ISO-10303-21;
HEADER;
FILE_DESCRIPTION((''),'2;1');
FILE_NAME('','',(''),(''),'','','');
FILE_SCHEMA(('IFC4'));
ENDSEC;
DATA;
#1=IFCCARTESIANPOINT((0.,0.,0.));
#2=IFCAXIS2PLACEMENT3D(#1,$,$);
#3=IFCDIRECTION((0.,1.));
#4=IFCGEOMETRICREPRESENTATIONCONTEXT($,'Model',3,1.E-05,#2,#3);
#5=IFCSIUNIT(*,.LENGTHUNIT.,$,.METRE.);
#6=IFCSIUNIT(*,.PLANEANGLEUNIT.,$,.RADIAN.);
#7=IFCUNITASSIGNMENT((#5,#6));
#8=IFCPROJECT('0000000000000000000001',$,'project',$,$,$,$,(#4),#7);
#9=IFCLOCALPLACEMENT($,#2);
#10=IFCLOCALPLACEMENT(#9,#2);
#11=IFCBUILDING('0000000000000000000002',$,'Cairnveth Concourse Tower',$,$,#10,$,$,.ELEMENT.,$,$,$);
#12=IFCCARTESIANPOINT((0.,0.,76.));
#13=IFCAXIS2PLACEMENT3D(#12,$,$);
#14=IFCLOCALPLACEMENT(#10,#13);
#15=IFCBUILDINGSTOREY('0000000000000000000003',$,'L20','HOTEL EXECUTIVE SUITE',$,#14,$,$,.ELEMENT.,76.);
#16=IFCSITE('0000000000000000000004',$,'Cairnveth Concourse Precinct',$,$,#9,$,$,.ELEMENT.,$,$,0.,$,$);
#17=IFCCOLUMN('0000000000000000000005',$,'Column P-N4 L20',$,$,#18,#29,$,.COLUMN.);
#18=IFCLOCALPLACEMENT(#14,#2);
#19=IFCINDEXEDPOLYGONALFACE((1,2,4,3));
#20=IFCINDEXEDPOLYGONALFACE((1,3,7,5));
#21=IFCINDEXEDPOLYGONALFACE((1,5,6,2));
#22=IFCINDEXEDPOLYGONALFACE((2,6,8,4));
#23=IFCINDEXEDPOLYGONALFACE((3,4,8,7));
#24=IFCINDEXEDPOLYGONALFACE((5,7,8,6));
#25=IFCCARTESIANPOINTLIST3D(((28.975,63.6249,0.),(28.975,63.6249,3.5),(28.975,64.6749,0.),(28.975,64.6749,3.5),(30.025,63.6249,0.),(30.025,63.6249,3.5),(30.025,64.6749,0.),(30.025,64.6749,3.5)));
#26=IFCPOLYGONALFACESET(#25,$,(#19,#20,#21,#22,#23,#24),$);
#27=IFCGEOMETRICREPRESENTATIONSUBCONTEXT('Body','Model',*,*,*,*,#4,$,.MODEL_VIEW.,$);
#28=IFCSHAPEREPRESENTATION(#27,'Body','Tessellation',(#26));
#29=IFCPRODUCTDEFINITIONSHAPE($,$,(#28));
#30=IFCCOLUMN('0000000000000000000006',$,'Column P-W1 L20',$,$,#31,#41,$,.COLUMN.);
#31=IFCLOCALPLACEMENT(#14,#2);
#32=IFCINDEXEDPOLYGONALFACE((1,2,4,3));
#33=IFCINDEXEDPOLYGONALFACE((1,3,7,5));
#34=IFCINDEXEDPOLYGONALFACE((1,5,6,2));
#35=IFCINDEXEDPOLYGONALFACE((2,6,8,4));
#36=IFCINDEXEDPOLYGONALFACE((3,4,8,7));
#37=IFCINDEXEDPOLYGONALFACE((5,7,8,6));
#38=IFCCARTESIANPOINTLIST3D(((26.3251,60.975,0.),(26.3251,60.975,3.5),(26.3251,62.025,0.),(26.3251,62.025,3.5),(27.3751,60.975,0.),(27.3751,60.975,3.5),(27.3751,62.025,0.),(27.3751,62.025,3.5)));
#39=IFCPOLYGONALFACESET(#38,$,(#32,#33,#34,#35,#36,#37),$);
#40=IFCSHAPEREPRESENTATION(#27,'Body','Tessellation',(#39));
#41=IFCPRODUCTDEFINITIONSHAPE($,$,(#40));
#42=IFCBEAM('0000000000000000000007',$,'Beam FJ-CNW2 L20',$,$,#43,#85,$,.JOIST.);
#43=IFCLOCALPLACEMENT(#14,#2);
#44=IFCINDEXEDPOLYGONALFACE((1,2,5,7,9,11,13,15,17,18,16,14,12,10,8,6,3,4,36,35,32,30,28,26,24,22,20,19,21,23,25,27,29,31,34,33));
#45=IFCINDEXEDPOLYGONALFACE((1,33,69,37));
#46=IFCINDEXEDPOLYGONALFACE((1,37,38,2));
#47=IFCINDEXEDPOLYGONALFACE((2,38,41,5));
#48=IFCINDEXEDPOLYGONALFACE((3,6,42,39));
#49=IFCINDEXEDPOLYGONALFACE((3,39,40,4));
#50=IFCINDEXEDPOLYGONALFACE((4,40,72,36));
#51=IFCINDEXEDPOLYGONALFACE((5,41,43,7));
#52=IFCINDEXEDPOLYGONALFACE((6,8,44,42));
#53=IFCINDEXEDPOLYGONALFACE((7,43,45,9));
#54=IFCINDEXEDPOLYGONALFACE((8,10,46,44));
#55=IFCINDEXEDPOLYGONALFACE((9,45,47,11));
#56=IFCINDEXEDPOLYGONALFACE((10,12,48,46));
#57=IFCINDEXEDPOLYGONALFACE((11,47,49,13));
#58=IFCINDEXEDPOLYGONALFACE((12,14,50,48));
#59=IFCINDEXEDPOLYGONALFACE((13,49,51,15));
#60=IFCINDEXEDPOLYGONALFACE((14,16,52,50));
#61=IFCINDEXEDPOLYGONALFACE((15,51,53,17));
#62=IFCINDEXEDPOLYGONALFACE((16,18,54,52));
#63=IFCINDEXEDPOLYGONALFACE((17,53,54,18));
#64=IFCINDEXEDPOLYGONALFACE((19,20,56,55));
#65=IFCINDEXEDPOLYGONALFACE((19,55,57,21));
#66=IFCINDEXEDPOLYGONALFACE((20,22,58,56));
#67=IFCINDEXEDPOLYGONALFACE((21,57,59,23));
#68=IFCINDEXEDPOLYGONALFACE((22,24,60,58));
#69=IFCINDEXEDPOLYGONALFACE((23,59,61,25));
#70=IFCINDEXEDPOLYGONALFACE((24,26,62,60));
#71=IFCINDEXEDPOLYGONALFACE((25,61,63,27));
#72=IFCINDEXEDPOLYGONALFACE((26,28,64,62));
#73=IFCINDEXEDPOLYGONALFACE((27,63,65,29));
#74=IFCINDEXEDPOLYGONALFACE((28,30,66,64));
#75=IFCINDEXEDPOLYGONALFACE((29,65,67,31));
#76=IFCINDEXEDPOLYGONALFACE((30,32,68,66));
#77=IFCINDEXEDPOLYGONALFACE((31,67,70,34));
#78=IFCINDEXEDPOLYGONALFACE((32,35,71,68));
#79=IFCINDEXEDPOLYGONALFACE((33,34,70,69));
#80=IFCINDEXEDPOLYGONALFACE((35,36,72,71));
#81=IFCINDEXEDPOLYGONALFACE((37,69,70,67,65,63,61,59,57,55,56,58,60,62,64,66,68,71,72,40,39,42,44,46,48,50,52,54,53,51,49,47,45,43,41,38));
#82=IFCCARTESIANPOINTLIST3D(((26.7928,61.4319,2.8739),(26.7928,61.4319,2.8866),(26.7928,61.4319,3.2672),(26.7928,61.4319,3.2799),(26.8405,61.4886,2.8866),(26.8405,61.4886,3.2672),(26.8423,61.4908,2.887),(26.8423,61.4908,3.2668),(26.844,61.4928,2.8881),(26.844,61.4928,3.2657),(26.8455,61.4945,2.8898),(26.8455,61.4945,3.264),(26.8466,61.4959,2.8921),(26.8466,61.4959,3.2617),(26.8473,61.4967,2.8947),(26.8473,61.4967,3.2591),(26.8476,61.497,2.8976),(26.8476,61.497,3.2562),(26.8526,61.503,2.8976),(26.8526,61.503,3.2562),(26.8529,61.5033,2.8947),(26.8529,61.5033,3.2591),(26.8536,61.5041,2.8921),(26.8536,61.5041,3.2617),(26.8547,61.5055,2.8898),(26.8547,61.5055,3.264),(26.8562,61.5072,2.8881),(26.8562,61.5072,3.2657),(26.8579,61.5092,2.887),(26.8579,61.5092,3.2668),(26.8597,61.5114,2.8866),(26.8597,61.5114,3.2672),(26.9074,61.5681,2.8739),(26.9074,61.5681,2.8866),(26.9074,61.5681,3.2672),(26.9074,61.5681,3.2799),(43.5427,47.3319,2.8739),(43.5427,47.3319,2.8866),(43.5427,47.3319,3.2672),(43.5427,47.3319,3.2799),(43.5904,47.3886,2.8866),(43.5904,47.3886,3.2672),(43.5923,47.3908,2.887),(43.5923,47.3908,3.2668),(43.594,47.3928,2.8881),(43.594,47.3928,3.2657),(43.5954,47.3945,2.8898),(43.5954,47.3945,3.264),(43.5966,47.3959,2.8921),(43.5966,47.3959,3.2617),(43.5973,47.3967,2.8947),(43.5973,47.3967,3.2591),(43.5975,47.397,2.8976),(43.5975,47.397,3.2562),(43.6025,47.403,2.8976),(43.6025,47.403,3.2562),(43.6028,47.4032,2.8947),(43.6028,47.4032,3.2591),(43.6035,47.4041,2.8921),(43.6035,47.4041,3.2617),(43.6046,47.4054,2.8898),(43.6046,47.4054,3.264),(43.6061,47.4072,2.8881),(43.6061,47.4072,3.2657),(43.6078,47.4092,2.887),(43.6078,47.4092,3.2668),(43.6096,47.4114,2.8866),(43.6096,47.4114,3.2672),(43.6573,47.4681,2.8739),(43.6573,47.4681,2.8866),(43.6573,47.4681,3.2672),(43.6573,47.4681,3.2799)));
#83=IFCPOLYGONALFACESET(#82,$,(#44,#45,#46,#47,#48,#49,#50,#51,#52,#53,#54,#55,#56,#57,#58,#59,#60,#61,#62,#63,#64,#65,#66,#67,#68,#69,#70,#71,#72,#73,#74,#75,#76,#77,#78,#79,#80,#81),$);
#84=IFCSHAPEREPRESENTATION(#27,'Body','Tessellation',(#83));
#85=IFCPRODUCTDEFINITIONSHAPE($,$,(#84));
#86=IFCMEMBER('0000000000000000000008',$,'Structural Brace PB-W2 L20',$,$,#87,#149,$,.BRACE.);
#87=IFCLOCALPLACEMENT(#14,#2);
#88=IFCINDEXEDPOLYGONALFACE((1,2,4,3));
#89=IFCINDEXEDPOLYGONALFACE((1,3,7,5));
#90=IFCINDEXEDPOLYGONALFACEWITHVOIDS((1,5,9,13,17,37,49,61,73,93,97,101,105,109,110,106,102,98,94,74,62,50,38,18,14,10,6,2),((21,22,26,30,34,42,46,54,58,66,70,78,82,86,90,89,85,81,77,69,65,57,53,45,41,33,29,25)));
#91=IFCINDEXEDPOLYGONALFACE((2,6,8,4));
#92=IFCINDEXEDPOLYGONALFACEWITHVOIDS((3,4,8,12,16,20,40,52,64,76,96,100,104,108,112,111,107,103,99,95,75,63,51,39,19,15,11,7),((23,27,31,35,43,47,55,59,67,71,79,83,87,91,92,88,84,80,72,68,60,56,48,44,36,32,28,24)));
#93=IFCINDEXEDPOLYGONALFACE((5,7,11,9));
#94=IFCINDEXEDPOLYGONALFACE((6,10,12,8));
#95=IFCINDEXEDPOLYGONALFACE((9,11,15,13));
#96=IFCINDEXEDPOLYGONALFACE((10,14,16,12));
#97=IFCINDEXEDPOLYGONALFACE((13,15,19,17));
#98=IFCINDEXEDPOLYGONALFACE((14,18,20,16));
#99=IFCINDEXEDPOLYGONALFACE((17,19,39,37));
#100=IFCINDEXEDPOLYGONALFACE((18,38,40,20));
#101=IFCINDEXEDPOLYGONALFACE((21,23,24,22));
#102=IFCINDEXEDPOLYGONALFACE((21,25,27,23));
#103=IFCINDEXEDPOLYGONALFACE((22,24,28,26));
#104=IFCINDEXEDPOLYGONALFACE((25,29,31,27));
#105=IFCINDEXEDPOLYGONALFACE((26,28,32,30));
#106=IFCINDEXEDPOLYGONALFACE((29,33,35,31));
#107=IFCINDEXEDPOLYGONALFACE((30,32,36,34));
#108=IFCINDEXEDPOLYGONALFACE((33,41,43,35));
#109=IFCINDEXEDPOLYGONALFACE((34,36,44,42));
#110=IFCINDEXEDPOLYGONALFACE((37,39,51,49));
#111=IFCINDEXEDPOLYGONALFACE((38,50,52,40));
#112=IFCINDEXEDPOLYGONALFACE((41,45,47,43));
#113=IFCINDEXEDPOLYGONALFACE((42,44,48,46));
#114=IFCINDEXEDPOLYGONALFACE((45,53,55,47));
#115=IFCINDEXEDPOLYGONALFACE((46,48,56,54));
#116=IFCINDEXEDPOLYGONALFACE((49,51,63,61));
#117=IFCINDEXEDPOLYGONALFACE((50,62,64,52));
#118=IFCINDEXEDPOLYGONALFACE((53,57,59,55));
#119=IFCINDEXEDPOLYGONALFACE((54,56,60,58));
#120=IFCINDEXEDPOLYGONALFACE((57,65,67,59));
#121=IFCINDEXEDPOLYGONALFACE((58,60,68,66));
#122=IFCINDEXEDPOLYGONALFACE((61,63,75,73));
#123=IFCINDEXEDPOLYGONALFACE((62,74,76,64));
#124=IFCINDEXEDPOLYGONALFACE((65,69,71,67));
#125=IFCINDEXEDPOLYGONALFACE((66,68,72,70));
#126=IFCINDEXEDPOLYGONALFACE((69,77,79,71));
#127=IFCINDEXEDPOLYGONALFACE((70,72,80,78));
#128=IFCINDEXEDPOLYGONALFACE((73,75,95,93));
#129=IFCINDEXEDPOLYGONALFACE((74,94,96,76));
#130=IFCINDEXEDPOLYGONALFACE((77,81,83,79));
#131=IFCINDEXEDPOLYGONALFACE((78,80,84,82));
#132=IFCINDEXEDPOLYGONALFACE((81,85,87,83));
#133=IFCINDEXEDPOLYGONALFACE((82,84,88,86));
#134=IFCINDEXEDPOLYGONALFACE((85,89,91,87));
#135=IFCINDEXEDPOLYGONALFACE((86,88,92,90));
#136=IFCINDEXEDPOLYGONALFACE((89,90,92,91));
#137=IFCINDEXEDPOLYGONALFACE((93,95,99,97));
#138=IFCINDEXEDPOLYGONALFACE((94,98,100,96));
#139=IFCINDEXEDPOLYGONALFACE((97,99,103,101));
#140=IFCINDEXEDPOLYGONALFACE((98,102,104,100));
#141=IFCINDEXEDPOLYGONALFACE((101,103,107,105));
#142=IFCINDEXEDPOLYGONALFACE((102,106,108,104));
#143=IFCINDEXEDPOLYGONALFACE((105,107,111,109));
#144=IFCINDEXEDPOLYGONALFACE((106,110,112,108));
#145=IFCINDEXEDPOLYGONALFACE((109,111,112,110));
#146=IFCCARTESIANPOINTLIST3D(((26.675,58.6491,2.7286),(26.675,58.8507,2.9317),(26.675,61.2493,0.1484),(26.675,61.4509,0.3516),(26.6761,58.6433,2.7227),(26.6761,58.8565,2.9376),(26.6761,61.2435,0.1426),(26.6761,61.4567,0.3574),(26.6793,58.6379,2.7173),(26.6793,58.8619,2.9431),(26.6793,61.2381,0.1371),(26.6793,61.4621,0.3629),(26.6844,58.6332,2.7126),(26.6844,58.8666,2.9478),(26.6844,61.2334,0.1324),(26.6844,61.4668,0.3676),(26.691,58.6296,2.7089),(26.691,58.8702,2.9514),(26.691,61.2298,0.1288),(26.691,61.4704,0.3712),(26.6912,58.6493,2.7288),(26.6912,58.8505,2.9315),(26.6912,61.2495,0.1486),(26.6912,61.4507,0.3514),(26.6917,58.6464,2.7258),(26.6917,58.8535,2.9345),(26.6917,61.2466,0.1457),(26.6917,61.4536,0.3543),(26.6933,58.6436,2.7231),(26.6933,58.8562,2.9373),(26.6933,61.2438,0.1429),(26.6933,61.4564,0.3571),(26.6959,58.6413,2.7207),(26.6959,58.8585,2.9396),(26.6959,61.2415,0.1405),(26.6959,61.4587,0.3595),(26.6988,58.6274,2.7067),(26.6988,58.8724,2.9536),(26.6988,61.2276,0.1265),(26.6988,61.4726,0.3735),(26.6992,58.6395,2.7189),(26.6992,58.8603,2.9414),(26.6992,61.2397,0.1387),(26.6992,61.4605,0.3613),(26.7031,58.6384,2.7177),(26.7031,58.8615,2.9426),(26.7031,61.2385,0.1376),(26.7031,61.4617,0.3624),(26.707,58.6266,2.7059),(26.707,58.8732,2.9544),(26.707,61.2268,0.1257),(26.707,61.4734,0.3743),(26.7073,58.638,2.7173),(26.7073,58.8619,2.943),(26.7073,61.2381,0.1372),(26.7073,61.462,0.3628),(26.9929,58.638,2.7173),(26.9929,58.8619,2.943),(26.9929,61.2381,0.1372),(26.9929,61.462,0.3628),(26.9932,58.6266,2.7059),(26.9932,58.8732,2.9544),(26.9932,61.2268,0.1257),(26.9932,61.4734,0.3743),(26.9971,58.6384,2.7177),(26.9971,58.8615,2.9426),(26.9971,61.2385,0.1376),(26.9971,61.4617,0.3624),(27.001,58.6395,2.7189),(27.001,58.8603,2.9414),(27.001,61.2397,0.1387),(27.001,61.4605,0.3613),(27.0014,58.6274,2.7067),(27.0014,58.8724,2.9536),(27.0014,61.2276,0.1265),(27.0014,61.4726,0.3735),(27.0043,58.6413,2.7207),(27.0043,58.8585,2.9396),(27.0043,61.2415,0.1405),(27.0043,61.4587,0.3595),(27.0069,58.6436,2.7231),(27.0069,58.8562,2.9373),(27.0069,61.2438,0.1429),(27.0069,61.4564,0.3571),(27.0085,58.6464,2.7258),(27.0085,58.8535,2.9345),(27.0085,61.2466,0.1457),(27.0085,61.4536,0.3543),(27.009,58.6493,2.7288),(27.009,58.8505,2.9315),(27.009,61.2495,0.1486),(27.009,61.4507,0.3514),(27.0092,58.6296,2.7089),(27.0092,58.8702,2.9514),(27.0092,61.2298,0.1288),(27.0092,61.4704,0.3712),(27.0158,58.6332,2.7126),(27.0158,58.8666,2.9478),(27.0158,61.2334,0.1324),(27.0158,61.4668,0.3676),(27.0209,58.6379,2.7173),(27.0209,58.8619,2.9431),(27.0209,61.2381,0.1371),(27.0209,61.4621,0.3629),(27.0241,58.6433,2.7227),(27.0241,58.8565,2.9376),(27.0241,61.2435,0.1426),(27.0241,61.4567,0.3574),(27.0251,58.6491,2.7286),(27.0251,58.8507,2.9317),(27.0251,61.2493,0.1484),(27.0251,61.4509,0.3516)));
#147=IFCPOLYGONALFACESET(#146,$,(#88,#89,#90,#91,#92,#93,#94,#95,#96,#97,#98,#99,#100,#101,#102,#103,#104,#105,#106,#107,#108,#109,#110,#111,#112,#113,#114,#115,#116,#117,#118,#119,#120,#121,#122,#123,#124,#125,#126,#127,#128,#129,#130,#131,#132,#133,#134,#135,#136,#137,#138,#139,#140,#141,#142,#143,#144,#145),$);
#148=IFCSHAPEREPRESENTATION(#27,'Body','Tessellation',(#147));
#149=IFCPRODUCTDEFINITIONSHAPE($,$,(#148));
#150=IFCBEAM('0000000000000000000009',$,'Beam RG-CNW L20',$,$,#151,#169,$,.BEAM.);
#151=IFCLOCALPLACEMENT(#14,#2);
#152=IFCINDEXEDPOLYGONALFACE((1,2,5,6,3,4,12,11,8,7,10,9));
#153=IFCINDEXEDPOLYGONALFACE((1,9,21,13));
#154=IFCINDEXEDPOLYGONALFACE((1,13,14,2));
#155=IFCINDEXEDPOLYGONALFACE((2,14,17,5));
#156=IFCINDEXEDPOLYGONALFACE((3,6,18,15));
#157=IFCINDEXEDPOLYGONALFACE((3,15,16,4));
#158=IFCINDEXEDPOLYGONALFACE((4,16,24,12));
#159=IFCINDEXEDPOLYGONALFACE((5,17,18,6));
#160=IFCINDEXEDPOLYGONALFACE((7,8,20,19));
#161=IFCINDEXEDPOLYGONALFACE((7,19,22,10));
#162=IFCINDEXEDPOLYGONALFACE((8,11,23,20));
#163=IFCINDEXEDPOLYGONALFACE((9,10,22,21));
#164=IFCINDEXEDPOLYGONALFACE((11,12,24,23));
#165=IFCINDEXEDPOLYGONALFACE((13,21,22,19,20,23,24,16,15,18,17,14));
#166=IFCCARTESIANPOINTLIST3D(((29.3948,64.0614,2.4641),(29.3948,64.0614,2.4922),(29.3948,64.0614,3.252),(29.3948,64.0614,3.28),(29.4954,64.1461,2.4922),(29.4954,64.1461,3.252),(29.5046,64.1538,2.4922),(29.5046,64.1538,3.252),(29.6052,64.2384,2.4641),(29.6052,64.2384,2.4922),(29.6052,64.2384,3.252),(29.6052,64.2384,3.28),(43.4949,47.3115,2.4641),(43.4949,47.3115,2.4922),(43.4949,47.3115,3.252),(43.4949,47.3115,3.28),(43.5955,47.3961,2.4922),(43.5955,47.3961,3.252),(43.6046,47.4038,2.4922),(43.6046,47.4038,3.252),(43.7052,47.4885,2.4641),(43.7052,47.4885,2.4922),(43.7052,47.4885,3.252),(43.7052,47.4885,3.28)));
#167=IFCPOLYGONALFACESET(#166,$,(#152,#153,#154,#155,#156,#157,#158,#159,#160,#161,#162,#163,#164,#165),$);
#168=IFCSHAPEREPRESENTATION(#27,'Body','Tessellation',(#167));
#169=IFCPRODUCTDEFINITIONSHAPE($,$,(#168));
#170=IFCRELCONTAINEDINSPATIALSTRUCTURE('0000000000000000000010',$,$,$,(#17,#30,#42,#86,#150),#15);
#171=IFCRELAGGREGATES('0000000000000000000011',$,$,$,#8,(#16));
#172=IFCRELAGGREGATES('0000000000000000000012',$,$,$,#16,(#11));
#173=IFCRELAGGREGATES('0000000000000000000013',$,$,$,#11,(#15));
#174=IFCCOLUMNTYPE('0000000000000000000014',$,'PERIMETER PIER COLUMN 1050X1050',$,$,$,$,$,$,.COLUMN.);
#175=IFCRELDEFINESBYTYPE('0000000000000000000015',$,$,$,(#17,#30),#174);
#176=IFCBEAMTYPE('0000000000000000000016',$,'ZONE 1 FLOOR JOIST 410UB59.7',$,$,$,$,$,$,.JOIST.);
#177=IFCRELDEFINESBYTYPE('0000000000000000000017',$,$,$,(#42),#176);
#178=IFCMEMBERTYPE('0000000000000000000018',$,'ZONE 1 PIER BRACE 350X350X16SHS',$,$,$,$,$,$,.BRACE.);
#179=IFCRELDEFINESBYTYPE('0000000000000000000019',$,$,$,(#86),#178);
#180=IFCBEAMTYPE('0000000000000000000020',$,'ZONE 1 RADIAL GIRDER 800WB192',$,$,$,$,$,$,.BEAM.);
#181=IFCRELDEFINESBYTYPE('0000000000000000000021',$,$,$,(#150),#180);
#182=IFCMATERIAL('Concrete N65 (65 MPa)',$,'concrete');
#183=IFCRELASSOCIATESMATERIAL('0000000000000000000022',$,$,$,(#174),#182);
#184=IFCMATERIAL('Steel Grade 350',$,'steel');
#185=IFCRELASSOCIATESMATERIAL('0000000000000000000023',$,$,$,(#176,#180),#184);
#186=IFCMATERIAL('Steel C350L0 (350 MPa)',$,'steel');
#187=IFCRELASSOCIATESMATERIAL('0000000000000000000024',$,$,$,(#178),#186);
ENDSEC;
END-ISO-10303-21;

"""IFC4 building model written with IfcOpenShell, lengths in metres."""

from ifc_helpers import new_model, si_unit, direction, frame, origin, origin_2d, place, context, subcontext, project, spatial, rectangle, hollow_rectangle, i_section, extrude, material, material_profile, profile_set, type_object, element, save


model = new_model("IFC4")

# Units and contexts
model_context = context("Model", 3, precision=1e-05, world=origin(), true_north=direction((0.0, 1.0)))
body_context = subcontext(model_context, "Body", "Model", "MODEL_VIEW")
ifc_project = project(units=[si_unit("LENGTHUNIT", "METRE"), si_unit("PLANEANGLEUNIT", "RADIAN")], contexts=[model_context])

# Site, building, storey
site_placement = place(None, origin())
site = spatial("IfcSite", under=ifc_project, at=site_placement, Name="Cairnveth Concourse Precinct", CompositionType="ELEMENT", RefElevation=0.0)
building_placement = place(site_placement, origin())
building = spatial("IfcBuilding", under=site, at=building_placement, Name="Cairnveth Concourse Tower", CompositionType="ELEMENT")
storey_placement = place(building_placement, frame((0.0, 0.0, 76.0)))
storey = spatial("IfcBuildingStorey", under=building, at=storey_placement, Name="L20", Description="HOTEL EXECUTIVE SUITE", CompositionType="ELEMENT", Elevation=76.0)

# Columns
ifc_material_1 = material(Name="Concrete N65 (65 MPa)", Category="concrete")
ifc_material_profile_1 = material_profile(ifc_material_1, rectangle(XDim=1.05, YDim=1.05, at=origin_2d()), Name="RC-COL-1050x1050")
ifc_profile_set_1 = profile_set([ifc_material_profile_1], Name="Concrete N65 (65 MPa)")
column_type = type_object("IfcColumnType", Name="PERIMETER PIER COLUMN 1050X1050", PredefinedType="COLUMN", material=ifc_profile_set_1)
for number, where, z_axis, x_axis, name in (
    (1, (29.5, 64.1499, 0.0), (0.0, 0.0, 1.0), (1.0, 0.0, 0.0), "Column P-N4 L20"),
    (2, (26.8501, 61.5, 0.0), (0.0, 0.0, 1.0), (0.0, 1.0, 0.0), "Column P-W1 L20"),
):
    element("IfcColumn", number, at=place(storey_placement, frame(where, z_axis=z_axis, x_axis=x_axis)), inside=storey, type_object=column_type, Name=name, PredefinedType="COLUMN", context=body_context, shape_type="SweptSolid", body=[
        extrude(rectangle(XDim=1.05, YDim=1.05, at=origin_2d()), origin(), (0.0, 0.0, 1.0), 3.5),
    ])

# Beam
ifc_material_2 = material(Name="Steel Grade 350", Category="steel")
ifc_material_profile_2 = material_profile(ifc_material_2, i_section(OverallWidth=0.178, OverallDepth=0.406, WebThickness=0.0078, FlangeThickness=0.0127, FilletRadius=0.011, at=origin_2d()), Name="410UB59.7")
ifc_profile_set_2 = profile_set([ifc_material_profile_2], Name="Steel Grade 350")
beam_type_1 = type_object("IfcBeamType", Name="ZONE 1 FLOOR JOIST 410UB59.7", PredefinedType="JOIST", material=ifc_profile_set_2)
beam_1_placement = place(storey_placement, frame((26.8501, 61.5, 3.0769), z_axis=(0.765027, -0.643998, 0.0), x_axis=(0.643998, 0.765027, 0.0)))
element("IfcBeam", 3, at=beam_1_placement, inside=storey, type_object=beam_type_1, Name="Beam FJ-CNW2 L20", PredefinedType="JOIST", context=body_context, shape_type="SweptSolid", body=[
    extrude(i_section(OverallWidth=0.178, OverallDepth=0.406, WebThickness=0.0078, FlangeThickness=0.0127, FilletRadius=0.011, at=origin_2d()), origin(), (0.0, 0.0, 1.0), 21.8945),
])

# Member
ifc_material_3 = material(Name="Steel C350L0 (350 MPa)", Category="steel")
ifc_material_profile_3 = material_profile(ifc_material_3, hollow_rectangle(XDim=0.3501, YDim=0.3501, WallThickness=0.0161, InnerFilletRadius=0.0161, OuterFilletRadius=0.032, at=origin_2d()), Name="350x350x16.0SHS")
ifc_profile_set_3 = profile_set([ifc_material_profile_3], Name="Steel C350L0 (350 MPa)")
member_type = type_object("IfcMemberType", Name="ZONE 1 PIER BRACE 350X350X16SHS", PredefinedType="BRACE", material=ifc_profile_set_3)
member_placement = place(storey_placement, frame((26.8501, 61.3501, 0.25), z_axis=(0.0, -0.709834, 0.704369), x_axis=(1.0, 0.0, 0.0)))
element("IfcMember", 4, at=member_placement, inside=storey, type_object=member_type, Name="Structural Brace PB-W2 L20", PredefinedType="BRACE", context=body_context, shape_type="SweptSolid", body=[
    extrude(hollow_rectangle(XDim=0.3501, YDim=0.3501, WallThickness=0.0161, InnerFilletRadius=0.0161, OuterFilletRadius=0.032, at=origin_2d()), origin(), (0.0, 0.0, 1.0), 3.6631),
])

# Beam
ifc_material_profile_4 = material_profile(ifc_material_2, i_section(OverallWidth=0.2749, OverallDepth=0.8159, WebThickness=0.012, FlangeThickness=0.0281, at=origin_2d()), Name="800WB192")
ifc_profile_set_4 = profile_set([ifc_material_profile_4], Name="Steel Grade 350")
beam_type_2 = type_object("IfcBeamType", Name="ZONE 1 RADIAL GIRDER 800WB192", PredefinedType="BEAM", material=ifc_profile_set_4)
beam_2_placement = place(storey_placement, frame((29.5, 64.1499, 2.8721), z_axis=(0.643998, -0.765027, 0.0), x_axis=(0.765027, 0.643998, 0.0)))
element("IfcBeam", 5, at=beam_2_placement, inside=storey, type_object=beam_type_2, Name="Beam RG-CNW L20", PredefinedType="BEAM", context=body_context, shape_type="SweptSolid", body=[
    extrude(i_section(OverallWidth=0.2749, OverallDepth=0.8159, WebThickness=0.012, FlangeThickness=0.0281, at=origin_2d()), origin(), (0.0, 0.0, 1.0), 21.8945),
])

save(model, "model.ifc")
